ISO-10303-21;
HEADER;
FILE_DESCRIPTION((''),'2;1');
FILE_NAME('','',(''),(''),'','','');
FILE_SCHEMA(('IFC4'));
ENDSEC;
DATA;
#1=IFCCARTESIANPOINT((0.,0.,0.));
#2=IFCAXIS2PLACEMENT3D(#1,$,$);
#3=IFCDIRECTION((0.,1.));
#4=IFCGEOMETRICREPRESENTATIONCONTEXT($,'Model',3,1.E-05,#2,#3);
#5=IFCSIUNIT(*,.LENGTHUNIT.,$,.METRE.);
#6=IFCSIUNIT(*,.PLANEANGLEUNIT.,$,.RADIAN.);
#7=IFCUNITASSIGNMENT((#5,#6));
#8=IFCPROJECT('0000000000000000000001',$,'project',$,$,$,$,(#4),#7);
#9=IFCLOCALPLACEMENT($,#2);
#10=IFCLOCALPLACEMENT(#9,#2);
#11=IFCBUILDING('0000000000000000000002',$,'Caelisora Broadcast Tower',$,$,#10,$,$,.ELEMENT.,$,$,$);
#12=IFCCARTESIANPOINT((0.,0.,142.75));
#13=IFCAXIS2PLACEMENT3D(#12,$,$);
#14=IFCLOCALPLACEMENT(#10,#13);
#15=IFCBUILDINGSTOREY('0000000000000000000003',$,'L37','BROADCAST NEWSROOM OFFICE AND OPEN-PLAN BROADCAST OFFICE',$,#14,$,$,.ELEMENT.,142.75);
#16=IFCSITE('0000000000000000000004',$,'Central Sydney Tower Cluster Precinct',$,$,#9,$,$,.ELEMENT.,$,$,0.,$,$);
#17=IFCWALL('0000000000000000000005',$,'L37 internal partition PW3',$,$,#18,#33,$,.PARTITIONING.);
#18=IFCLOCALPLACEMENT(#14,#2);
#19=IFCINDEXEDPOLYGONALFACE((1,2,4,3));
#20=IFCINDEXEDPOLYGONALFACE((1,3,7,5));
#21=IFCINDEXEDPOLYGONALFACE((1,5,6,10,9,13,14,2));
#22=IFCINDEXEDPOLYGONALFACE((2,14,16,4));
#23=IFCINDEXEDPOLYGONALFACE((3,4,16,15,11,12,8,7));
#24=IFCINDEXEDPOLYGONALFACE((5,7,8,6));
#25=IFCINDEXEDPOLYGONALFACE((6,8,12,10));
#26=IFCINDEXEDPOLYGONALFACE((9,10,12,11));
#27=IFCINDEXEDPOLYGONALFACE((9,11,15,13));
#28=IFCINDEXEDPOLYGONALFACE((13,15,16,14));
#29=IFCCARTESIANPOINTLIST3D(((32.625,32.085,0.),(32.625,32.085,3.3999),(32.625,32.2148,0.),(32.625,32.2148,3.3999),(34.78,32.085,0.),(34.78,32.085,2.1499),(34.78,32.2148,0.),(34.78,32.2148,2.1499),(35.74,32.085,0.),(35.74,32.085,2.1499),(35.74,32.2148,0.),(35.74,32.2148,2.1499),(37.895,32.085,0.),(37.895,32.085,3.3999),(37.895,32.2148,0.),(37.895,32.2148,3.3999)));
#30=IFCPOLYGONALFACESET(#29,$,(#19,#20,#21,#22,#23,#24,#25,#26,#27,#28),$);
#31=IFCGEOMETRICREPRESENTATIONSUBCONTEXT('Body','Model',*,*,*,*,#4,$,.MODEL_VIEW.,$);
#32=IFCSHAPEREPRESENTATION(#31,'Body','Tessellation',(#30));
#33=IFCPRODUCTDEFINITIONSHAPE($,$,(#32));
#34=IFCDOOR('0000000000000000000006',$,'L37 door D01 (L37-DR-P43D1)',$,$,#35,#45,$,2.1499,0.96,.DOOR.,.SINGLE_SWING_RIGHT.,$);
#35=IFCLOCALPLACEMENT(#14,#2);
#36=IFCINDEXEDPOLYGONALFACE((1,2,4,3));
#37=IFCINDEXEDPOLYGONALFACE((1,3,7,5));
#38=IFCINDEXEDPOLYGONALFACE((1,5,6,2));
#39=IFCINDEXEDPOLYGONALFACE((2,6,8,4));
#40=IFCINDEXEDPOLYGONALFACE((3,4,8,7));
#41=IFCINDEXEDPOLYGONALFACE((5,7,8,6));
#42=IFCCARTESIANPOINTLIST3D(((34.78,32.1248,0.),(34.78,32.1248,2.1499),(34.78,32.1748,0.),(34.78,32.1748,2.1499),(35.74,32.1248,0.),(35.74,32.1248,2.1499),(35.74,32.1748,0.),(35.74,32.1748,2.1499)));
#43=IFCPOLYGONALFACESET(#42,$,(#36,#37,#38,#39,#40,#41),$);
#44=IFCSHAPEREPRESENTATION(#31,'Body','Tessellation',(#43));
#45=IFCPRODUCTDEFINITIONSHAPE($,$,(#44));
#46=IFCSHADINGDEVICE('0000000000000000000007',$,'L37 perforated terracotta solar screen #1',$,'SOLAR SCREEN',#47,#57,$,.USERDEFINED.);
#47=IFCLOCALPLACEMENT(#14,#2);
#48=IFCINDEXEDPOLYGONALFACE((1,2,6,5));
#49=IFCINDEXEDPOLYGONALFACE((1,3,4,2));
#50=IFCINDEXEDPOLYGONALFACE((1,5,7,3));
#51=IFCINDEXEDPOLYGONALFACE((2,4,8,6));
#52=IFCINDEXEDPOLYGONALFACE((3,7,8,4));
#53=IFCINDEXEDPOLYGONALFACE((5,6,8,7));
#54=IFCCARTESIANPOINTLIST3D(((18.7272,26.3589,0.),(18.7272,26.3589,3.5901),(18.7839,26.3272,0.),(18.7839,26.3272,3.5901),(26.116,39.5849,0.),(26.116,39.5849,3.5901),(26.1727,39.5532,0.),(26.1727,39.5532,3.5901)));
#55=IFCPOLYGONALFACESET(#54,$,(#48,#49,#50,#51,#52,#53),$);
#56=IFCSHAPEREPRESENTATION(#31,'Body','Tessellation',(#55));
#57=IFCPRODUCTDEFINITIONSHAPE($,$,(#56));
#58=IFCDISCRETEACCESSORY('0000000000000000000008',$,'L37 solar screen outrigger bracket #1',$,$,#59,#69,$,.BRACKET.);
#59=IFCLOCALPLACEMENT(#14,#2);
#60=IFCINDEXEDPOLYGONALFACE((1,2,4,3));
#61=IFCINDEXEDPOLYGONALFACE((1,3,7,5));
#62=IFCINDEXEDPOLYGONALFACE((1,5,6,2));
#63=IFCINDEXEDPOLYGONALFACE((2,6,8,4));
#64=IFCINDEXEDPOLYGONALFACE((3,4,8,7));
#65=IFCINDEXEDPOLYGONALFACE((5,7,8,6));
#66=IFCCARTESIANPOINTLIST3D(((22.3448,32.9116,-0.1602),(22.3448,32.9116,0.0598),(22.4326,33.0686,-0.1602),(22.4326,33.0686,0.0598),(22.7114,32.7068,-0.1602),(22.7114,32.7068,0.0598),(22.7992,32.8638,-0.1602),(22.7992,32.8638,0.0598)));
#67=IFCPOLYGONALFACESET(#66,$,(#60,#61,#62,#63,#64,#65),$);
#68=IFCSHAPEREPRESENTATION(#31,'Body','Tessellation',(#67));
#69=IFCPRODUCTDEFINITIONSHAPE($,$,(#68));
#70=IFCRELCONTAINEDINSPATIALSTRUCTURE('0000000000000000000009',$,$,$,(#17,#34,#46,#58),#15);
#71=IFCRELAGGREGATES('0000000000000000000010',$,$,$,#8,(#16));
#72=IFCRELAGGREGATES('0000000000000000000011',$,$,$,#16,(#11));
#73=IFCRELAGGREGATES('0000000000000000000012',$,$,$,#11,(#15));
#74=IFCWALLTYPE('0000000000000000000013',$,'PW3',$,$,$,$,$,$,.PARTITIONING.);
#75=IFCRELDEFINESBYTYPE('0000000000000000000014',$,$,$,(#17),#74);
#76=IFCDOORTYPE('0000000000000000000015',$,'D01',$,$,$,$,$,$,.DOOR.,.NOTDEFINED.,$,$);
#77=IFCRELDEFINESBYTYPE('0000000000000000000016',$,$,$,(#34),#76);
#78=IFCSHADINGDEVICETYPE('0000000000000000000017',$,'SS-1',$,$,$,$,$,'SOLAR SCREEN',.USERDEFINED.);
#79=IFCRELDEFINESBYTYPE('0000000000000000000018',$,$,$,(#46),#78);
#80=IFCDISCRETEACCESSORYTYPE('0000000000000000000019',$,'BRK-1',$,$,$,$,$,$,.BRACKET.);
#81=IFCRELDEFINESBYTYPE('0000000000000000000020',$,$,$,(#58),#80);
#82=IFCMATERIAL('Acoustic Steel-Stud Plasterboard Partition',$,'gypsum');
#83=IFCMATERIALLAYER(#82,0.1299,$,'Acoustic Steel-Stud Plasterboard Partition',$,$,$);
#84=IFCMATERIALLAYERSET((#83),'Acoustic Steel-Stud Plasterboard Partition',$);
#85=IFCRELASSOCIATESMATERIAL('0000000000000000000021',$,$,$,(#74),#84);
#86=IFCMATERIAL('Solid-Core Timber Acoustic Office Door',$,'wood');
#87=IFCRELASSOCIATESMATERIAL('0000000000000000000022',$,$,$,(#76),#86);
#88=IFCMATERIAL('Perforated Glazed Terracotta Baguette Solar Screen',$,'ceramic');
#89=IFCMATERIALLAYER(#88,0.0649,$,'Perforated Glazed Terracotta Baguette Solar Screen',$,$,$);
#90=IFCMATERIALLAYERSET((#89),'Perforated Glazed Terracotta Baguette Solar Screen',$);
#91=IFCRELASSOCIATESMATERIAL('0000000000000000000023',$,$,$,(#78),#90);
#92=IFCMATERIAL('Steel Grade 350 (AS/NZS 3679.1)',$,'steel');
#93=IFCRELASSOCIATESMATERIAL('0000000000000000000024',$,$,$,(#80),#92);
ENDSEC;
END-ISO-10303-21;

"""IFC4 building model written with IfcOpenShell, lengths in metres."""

from ifc_helpers import new_model, si_unit, direction, frame, frame_2d, origin, origin_2d, place, context, subcontext, project, spatial, rectangle, extrude, source, transform, mapped, material, layer, layer_set, type_object, type_shapes, element, fill, save


model = new_model("IFC4")

# Units and contexts
model_context = context("Model", 3, precision=1e-05, world=origin(), true_north=direction((0.0, 1.0)))
body_context = subcontext(model_context, "Body", "Model", "MODEL_VIEW")
ifc_project = project(units=[si_unit("LENGTHUNIT", "METRE"), si_unit("PLANEANGLEUNIT", "RADIAN")], contexts=[model_context])

# Site, building, storey
site_placement = place(None, origin())
site = spatial("IfcSite", under=ifc_project, at=site_placement, Name="Central Sydney Tower Cluster Precinct", CompositionType="ELEMENT", RefElevation=0.0)
building_placement = place(site_placement, origin())
building = spatial("IfcBuilding", under=site, at=building_placement, Name="Caelisora Broadcast Tower", CompositionType="ELEMENT")
storey_placement = place(building_placement, frame((0.0, 0.0, 142.75)))
storey = spatial("IfcBuildingStorey", under=building, at=storey_placement, Name="L37", Description="BROADCAST NEWSROOM OFFICE AND OPEN-PLAN BROADCAST OFFICE", CompositionType="ELEMENT", Elevation=142.75)

# Shared definitions
ifc_material_1 = material(Name="Steel Grade 350 (AS/NZS 3679.1)", Category="steel")

# Wall, opening, door
ifc_material_2 = material(Name="Acoustic Steel-Stud Plasterboard Partition", Category="gypsum")
ifc_layer_1 = layer(ifc_material_2, 0.1299, Name="Acoustic Steel-Stud Plasterboard Partition")
ifc_layer_set_1 = layer_set([ifc_layer_1], Name="Acoustic Steel-Stud Plasterboard Partition")
wall_type = type_object("IfcWallType", Name="PW3", PredefinedType="PARTITIONING", material=ifc_layer_set_1)
ifc_material_3 = material(Name="Solid-Core Timber Acoustic Office Door", Category="wood")
door_type = type_object("IfcDoorType", Name="D01", OperationType="NOTDEFINED", PredefinedType="DOOR", material=ifc_material_3)
wall_1_placement = place(storey_placement, frame((32.625, 32.1499, 0.0), z_axis=(0.0, 0.0, 1.0), x_axis=(1.0, 0.0, 0.0)))
wall_1 = element("IfcWall", 1, at=wall_1_placement, inside=storey, type_object=wall_type, Name="L37 internal partition PW3", PredefinedType="PARTITIONING", context=body_context, shape_type="SweptSolid", body=[
    extrude(rectangle(XDim=5.27, YDim=0.1299, at=frame_2d((2.635, 0.0))), origin(), (0.0, 0.0, 1.0), 3.3999),
])
opening_1_placement = place(wall_1_placement, frame((2.155, 0.0, 0.0)))
opening_1 = element("IfcOpeningElement", 2, at=opening_1_placement, cuts=wall_1, PredefinedType="OPENING", context=body_context, shape_type="SweptSolid", body=[
    extrude(rectangle(XDim=0.96, YDim=2.1499, at=frame_2d((0.48, 1.075))), frame((0.0, 0.0769, 0.0), z_axis=(0.0, -1.0, 0.0), x_axis=(1.0, 0.0, 0.0)), (0.0, 0.0, 1.0), 0.1538),
])
door_1_placement = place(opening_1_placement, origin())
door_1 = element("IfcDoor", 3, at=door_1_placement, inside=storey, type_object=door_type, Name="L37 door D01 (L37-DR-P43D1)", OperationType="SINGLE_SWING_RIGHT", OverallHeight=2.1499, OverallWidth=0.96, PredefinedType="DOOR", context=body_context, shape_type="SweptSolid", body=[
    extrude(rectangle(XDim=0.96, YDim=2.1499, at=frame_2d((0.48, 1.075))), frame((0.0, 0.0249, 0.0), z_axis=(0.0, -1.0, 0.0), x_axis=(1.0, 0.0, 0.0)), (0.0, 0.0, 1.0), 0.05),
])
fill(opening_1, door_1)

# Shading device
ifc_material_4 = material(Name="Perforated Glazed Terracotta Baguette Solar Screen", Category="ceramic")
ifc_layer_2 = layer(ifc_material_4, 0.0649, Name="Perforated Glazed Terracotta Baguette Solar Screen")
ifc_layer_set_2 = layer_set([ifc_layer_2], Name="Perforated Glazed Terracotta Baguette Solar Screen")
shading_device_type = type_object("IfcShadingDeviceType", Name="SS-1", ElementType="SOLAR SCREEN", PredefinedType="USERDEFINED", material=ifc_layer_set_2)
shared_shape_1 = source(origin(), body_context, "Body", "SweptSolid", [
    extrude(rectangle(XDim=15.1499, YDim=0.0649, at=origin_2d()), origin(), (0.0, 0.0, 1.0), 3.5901),
])
type_shapes(shading_device_type, [shared_shape_1])
shading_device_placement = place(storey_placement, frame((22.45, 32.9561, 0.0), z_axis=(0.0, 0.0, 1.0), x_axis=(-0.487707, -0.873007, 0.0)))
element("IfcShadingDevice", 4, at=shading_device_placement, inside=storey, type_object=shading_device_type, Name="L37 perforated terracotta solar screen #1", ObjectType="SOLAR SCREEN", PredefinedType="USERDEFINED", context=body_context, shape_type="MappedRepresentation", body=[
    mapped(shared_shape_1, transform((0.0, 0.0, 0.0), scale=1.0)),
])

# Discrete accessory
discrete_accessory_type = type_object("IfcDiscreteAccessoryType", Name="BRK-1", PredefinedType="BRACKET", material=ifc_material_1)
shared_shape_2 = source(origin(), body_context, "Body", "SweptSolid", [
    extrude(rectangle(XDim=0.1799, YDim=0.4199, at=origin_2d()), origin(), (0.0, 0.0, 1.0), 0.22),
])
type_shapes(discrete_accessory_type, [shared_shape_2])
discrete_accessory_placement = place(storey_placement, frame((22.572, 32.8877, -0.1602), z_axis=(0.0, 0.0, 1.0), x_axis=(-0.487707, -0.873007, 0.0)))
element("IfcDiscreteAccessory", 5, at=discrete_accessory_placement, inside=storey, type_object=discrete_accessory_type, Name="L37 solar screen outrigger bracket #1", PredefinedType="BRACKET", context=body_context, shape_type="MappedRepresentation", body=[
    mapped(shared_shape_2, transform((0.0, 0.0, 0.0), scale=1.0)),
])

save(model, "model.ifc")
